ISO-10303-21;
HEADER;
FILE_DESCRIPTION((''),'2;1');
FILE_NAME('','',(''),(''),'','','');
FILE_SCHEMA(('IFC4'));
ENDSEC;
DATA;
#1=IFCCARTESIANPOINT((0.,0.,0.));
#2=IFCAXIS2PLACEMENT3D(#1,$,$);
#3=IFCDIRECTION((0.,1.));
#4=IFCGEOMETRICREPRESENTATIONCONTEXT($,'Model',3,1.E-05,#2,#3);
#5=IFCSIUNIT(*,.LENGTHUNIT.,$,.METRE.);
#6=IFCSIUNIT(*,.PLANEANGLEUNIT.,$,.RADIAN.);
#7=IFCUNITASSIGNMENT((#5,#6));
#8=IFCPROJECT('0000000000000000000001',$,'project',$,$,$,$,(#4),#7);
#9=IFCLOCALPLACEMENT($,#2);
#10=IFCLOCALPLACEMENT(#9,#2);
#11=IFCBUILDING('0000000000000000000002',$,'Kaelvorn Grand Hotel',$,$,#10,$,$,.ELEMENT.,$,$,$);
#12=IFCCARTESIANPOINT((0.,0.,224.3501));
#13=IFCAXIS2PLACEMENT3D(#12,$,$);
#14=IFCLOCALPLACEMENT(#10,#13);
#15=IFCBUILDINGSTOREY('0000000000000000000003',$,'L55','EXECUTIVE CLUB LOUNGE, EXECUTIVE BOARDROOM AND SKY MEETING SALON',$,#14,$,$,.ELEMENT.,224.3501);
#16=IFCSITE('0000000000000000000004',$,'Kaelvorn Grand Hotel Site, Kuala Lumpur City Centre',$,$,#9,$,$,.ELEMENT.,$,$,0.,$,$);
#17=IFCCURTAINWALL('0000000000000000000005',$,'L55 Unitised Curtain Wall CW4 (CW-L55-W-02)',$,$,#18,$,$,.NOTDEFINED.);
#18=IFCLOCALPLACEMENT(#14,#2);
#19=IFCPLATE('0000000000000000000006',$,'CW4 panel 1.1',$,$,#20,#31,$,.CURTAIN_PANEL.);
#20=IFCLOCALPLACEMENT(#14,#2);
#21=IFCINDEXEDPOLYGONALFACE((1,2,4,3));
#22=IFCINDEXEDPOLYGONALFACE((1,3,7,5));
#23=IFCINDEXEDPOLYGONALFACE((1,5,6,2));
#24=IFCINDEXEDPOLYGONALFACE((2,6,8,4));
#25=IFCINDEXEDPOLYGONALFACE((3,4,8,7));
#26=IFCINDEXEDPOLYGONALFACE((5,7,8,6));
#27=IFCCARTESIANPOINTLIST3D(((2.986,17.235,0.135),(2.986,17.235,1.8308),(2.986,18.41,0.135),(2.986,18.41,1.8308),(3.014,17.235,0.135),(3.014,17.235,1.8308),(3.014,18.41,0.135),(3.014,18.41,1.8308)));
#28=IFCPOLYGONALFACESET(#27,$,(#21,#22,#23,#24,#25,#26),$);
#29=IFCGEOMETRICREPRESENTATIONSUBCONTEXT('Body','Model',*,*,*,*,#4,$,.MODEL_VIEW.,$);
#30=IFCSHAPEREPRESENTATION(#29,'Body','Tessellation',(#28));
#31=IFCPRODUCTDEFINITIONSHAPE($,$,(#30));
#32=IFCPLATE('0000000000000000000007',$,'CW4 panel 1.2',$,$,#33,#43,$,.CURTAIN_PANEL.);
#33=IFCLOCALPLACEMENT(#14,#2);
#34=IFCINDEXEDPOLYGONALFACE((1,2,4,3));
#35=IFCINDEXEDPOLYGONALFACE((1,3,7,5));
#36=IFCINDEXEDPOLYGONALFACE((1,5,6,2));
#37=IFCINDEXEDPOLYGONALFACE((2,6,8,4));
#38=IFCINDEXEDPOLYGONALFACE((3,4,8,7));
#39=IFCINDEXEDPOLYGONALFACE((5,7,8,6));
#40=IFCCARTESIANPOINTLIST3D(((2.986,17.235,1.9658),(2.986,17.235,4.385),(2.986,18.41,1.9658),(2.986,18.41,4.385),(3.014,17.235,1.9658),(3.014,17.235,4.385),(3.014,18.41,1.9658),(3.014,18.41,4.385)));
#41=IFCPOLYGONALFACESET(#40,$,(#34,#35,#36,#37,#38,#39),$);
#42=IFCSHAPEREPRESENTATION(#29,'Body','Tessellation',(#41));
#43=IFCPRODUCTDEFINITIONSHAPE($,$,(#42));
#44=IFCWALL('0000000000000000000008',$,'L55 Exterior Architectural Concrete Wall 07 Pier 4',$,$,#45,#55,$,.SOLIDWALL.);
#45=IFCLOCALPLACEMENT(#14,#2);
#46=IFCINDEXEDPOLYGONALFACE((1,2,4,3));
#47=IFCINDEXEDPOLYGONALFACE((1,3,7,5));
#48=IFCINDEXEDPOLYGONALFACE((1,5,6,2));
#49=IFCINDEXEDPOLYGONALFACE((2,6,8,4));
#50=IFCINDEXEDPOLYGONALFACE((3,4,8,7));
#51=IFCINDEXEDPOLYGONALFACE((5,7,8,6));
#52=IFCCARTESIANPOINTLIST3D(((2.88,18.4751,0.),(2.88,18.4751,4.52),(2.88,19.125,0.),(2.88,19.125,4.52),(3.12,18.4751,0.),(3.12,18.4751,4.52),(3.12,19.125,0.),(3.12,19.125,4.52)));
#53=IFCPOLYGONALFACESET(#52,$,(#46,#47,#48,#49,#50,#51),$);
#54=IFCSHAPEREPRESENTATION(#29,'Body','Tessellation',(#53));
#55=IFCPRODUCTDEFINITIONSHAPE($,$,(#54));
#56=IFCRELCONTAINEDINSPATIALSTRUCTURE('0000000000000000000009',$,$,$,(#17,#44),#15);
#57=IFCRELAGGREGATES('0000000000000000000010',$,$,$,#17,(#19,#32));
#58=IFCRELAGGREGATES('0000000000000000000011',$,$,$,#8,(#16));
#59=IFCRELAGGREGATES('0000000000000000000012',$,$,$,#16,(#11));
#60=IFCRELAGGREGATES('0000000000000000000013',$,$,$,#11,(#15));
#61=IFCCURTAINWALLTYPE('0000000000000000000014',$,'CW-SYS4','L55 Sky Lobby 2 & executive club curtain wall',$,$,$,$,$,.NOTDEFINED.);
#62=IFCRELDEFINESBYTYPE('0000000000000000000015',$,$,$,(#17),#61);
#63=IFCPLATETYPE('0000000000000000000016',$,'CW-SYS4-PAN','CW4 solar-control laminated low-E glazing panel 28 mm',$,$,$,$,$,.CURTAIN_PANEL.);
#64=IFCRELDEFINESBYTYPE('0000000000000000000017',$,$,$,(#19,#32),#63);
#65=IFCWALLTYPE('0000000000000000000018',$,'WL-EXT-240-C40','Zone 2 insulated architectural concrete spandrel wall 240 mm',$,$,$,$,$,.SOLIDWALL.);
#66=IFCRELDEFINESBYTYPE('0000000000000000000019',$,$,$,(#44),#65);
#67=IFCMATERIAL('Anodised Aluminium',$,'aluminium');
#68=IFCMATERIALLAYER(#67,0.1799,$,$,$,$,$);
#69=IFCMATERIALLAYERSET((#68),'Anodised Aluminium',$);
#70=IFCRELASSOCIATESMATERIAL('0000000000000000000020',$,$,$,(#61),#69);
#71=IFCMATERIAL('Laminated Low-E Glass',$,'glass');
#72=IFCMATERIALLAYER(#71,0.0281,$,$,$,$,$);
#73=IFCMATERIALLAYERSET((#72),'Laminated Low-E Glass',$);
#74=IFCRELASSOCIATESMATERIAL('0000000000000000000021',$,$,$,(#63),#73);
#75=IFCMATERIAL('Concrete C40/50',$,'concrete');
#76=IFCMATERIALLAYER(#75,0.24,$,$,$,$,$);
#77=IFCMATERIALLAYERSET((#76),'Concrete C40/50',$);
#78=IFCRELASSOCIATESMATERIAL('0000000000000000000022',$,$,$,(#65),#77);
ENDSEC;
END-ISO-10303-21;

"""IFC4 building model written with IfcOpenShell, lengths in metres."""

from ifc_helpers import new_model, si_unit, direction, frame, frame_2d, origin, origin_2d, place, context, subcontext, project, spatial, rectangle, extrude, material, layer, layer_set, type_object, element, aggregate, save


model = new_model("IFC4")

# Units and contexts
model_context = context("Model", 3, precision=1e-05, world=origin(), true_north=direction((0.0, 1.0)))
body_context = subcontext(model_context, "Body", "Model", "MODEL_VIEW")
ifc_project = project(units=[si_unit("LENGTHUNIT", "METRE"), si_unit("PLANEANGLEUNIT", "RADIAN")], contexts=[model_context])

# Site, building, storey
site_placement = place(None, origin())
site = spatial("IfcSite", under=ifc_project, at=site_placement, Name="Kaelvorn Grand Hotel Site, Kuala Lumpur City Centre", CompositionType="ELEMENT", RefElevation=0.0)
building_placement = place(site_placement, origin())
building = spatial("IfcBuilding", under=site, at=building_placement, Name="Kaelvorn Grand Hotel", CompositionType="ELEMENT")
storey_placement = place(building_placement, frame((0.0, 0.0, 224.3501)))
storey = spatial("IfcBuildingStorey", under=building, at=storey_placement, Name="L55", Description="EXECUTIVE CLUB LOUNGE, EXECUTIVE BOARDROOM AND SKY MEETING SALON", CompositionType="ELEMENT", Elevation=224.3501)

# Curtain wall
ifc_material_1 = material(Name="Anodised Aluminium", Category="aluminium")
ifc_layer_1 = layer(ifc_material_1, 0.1799)
ifc_layer_set_1 = layer_set([ifc_layer_1], Name="Anodised Aluminium")
curtain_wall_type = type_object("IfcCurtainWallType", Name="CW-SYS4", Description="L55 Sky Lobby 2 & executive club curtain wall", PredefinedType="NOTDEFINED", material=ifc_layer_set_1)
curtain_wall_1_placement = place(storey_placement, origin())
curtain_wall_1 = element("IfcCurtainWall", 1, at=curtain_wall_1_placement, inside=storey, type_object=curtain_wall_type, Name="L55 Unitised Curtain Wall CW4 (CW-L55-W-02)", PredefinedType="NOTDEFINED")

# Plates
ifc_material_2 = material(Name="Laminated Low-E Glass", Category="glass")
ifc_layer_2 = layer(ifc_material_2, 0.0281)
ifc_layer_set_2 = layer_set([ifc_layer_2], Name="Laminated Low-E Glass")
plate_type = type_object("IfcPlateType", Name="CW-SYS4-PAN", Description="CW4 solar-control laminated low-E glazing panel 28 mm", PredefinedType="CURTAIN_PANEL", material=ifc_layer_set_2)
plate_1_placement = place(storey_placement, frame((3.0, 17.8225, 0.135), z_axis=(0.0, 0.0, 1.0), x_axis=(0.0, -1.0, 0.0)))
plate_1 = element("IfcPlate", 2, at=plate_1_placement, type_object=plate_type, Name="CW4 panel 1.1", PredefinedType="CURTAIN_PANEL", context=body_context, shape_type="SweptSolid", body=[
    extrude(rectangle(XDim=1.175, YDim=0.0281, at=origin_2d()), origin(), (0.0, 0.0, 1.0), 1.6958),
])
plate_2_placement = place(storey_placement, frame((3.0, 17.8225, 1.9658), z_axis=(0.0, 0.0, 1.0), x_axis=(0.0, -1.0, 0.0)))
plate_2 = element("IfcPlate", 3, at=plate_2_placement, type_object=plate_type, Name="CW4 panel 1.2", PredefinedType="CURTAIN_PANEL", context=body_context, shape_type="SweptSolid", body=[
    extrude(rectangle(XDim=1.175, YDim=0.0281, at=origin_2d()), origin(), (0.0, 0.0, 1.0), 2.4192),
])
aggregate(curtain_wall_1, [plate_1, plate_2])

# Wall
ifc_material_3 = material(Name="Concrete C40/50", Category="concrete")
ifc_layer_3 = layer(ifc_material_3, 0.24)
ifc_layer_set_3 = layer_set([ifc_layer_3], Name="Concrete C40/50")
wall_type = type_object("IfcWallType", Name="WL-EXT-240-C40", Description="Zone 2 insulated architectural concrete spandrel wall 240 mm", PredefinedType="SOLIDWALL", material=ifc_layer_set_3)
wall_placement = place(storey_placement, frame((3.0, 19.125, 0.0), z_axis=(0.0, 0.0, 1.0), x_axis=(0.0, -1.0, 0.0)))
element("IfcWall", 4, at=wall_placement, inside=storey, type_object=wall_type, Name="L55 Exterior Architectural Concrete Wall 07 Pier 4", PredefinedType="SOLIDWALL", context=body_context, shape_type="SweptSolid", body=[
    extrude(rectangle(XDim=0.6499, YDim=0.24, at=frame_2d((0.325, 0.0))), origin(), (0.0, 0.0, 1.0), 4.52),
])

save(model, "model.ifc")
